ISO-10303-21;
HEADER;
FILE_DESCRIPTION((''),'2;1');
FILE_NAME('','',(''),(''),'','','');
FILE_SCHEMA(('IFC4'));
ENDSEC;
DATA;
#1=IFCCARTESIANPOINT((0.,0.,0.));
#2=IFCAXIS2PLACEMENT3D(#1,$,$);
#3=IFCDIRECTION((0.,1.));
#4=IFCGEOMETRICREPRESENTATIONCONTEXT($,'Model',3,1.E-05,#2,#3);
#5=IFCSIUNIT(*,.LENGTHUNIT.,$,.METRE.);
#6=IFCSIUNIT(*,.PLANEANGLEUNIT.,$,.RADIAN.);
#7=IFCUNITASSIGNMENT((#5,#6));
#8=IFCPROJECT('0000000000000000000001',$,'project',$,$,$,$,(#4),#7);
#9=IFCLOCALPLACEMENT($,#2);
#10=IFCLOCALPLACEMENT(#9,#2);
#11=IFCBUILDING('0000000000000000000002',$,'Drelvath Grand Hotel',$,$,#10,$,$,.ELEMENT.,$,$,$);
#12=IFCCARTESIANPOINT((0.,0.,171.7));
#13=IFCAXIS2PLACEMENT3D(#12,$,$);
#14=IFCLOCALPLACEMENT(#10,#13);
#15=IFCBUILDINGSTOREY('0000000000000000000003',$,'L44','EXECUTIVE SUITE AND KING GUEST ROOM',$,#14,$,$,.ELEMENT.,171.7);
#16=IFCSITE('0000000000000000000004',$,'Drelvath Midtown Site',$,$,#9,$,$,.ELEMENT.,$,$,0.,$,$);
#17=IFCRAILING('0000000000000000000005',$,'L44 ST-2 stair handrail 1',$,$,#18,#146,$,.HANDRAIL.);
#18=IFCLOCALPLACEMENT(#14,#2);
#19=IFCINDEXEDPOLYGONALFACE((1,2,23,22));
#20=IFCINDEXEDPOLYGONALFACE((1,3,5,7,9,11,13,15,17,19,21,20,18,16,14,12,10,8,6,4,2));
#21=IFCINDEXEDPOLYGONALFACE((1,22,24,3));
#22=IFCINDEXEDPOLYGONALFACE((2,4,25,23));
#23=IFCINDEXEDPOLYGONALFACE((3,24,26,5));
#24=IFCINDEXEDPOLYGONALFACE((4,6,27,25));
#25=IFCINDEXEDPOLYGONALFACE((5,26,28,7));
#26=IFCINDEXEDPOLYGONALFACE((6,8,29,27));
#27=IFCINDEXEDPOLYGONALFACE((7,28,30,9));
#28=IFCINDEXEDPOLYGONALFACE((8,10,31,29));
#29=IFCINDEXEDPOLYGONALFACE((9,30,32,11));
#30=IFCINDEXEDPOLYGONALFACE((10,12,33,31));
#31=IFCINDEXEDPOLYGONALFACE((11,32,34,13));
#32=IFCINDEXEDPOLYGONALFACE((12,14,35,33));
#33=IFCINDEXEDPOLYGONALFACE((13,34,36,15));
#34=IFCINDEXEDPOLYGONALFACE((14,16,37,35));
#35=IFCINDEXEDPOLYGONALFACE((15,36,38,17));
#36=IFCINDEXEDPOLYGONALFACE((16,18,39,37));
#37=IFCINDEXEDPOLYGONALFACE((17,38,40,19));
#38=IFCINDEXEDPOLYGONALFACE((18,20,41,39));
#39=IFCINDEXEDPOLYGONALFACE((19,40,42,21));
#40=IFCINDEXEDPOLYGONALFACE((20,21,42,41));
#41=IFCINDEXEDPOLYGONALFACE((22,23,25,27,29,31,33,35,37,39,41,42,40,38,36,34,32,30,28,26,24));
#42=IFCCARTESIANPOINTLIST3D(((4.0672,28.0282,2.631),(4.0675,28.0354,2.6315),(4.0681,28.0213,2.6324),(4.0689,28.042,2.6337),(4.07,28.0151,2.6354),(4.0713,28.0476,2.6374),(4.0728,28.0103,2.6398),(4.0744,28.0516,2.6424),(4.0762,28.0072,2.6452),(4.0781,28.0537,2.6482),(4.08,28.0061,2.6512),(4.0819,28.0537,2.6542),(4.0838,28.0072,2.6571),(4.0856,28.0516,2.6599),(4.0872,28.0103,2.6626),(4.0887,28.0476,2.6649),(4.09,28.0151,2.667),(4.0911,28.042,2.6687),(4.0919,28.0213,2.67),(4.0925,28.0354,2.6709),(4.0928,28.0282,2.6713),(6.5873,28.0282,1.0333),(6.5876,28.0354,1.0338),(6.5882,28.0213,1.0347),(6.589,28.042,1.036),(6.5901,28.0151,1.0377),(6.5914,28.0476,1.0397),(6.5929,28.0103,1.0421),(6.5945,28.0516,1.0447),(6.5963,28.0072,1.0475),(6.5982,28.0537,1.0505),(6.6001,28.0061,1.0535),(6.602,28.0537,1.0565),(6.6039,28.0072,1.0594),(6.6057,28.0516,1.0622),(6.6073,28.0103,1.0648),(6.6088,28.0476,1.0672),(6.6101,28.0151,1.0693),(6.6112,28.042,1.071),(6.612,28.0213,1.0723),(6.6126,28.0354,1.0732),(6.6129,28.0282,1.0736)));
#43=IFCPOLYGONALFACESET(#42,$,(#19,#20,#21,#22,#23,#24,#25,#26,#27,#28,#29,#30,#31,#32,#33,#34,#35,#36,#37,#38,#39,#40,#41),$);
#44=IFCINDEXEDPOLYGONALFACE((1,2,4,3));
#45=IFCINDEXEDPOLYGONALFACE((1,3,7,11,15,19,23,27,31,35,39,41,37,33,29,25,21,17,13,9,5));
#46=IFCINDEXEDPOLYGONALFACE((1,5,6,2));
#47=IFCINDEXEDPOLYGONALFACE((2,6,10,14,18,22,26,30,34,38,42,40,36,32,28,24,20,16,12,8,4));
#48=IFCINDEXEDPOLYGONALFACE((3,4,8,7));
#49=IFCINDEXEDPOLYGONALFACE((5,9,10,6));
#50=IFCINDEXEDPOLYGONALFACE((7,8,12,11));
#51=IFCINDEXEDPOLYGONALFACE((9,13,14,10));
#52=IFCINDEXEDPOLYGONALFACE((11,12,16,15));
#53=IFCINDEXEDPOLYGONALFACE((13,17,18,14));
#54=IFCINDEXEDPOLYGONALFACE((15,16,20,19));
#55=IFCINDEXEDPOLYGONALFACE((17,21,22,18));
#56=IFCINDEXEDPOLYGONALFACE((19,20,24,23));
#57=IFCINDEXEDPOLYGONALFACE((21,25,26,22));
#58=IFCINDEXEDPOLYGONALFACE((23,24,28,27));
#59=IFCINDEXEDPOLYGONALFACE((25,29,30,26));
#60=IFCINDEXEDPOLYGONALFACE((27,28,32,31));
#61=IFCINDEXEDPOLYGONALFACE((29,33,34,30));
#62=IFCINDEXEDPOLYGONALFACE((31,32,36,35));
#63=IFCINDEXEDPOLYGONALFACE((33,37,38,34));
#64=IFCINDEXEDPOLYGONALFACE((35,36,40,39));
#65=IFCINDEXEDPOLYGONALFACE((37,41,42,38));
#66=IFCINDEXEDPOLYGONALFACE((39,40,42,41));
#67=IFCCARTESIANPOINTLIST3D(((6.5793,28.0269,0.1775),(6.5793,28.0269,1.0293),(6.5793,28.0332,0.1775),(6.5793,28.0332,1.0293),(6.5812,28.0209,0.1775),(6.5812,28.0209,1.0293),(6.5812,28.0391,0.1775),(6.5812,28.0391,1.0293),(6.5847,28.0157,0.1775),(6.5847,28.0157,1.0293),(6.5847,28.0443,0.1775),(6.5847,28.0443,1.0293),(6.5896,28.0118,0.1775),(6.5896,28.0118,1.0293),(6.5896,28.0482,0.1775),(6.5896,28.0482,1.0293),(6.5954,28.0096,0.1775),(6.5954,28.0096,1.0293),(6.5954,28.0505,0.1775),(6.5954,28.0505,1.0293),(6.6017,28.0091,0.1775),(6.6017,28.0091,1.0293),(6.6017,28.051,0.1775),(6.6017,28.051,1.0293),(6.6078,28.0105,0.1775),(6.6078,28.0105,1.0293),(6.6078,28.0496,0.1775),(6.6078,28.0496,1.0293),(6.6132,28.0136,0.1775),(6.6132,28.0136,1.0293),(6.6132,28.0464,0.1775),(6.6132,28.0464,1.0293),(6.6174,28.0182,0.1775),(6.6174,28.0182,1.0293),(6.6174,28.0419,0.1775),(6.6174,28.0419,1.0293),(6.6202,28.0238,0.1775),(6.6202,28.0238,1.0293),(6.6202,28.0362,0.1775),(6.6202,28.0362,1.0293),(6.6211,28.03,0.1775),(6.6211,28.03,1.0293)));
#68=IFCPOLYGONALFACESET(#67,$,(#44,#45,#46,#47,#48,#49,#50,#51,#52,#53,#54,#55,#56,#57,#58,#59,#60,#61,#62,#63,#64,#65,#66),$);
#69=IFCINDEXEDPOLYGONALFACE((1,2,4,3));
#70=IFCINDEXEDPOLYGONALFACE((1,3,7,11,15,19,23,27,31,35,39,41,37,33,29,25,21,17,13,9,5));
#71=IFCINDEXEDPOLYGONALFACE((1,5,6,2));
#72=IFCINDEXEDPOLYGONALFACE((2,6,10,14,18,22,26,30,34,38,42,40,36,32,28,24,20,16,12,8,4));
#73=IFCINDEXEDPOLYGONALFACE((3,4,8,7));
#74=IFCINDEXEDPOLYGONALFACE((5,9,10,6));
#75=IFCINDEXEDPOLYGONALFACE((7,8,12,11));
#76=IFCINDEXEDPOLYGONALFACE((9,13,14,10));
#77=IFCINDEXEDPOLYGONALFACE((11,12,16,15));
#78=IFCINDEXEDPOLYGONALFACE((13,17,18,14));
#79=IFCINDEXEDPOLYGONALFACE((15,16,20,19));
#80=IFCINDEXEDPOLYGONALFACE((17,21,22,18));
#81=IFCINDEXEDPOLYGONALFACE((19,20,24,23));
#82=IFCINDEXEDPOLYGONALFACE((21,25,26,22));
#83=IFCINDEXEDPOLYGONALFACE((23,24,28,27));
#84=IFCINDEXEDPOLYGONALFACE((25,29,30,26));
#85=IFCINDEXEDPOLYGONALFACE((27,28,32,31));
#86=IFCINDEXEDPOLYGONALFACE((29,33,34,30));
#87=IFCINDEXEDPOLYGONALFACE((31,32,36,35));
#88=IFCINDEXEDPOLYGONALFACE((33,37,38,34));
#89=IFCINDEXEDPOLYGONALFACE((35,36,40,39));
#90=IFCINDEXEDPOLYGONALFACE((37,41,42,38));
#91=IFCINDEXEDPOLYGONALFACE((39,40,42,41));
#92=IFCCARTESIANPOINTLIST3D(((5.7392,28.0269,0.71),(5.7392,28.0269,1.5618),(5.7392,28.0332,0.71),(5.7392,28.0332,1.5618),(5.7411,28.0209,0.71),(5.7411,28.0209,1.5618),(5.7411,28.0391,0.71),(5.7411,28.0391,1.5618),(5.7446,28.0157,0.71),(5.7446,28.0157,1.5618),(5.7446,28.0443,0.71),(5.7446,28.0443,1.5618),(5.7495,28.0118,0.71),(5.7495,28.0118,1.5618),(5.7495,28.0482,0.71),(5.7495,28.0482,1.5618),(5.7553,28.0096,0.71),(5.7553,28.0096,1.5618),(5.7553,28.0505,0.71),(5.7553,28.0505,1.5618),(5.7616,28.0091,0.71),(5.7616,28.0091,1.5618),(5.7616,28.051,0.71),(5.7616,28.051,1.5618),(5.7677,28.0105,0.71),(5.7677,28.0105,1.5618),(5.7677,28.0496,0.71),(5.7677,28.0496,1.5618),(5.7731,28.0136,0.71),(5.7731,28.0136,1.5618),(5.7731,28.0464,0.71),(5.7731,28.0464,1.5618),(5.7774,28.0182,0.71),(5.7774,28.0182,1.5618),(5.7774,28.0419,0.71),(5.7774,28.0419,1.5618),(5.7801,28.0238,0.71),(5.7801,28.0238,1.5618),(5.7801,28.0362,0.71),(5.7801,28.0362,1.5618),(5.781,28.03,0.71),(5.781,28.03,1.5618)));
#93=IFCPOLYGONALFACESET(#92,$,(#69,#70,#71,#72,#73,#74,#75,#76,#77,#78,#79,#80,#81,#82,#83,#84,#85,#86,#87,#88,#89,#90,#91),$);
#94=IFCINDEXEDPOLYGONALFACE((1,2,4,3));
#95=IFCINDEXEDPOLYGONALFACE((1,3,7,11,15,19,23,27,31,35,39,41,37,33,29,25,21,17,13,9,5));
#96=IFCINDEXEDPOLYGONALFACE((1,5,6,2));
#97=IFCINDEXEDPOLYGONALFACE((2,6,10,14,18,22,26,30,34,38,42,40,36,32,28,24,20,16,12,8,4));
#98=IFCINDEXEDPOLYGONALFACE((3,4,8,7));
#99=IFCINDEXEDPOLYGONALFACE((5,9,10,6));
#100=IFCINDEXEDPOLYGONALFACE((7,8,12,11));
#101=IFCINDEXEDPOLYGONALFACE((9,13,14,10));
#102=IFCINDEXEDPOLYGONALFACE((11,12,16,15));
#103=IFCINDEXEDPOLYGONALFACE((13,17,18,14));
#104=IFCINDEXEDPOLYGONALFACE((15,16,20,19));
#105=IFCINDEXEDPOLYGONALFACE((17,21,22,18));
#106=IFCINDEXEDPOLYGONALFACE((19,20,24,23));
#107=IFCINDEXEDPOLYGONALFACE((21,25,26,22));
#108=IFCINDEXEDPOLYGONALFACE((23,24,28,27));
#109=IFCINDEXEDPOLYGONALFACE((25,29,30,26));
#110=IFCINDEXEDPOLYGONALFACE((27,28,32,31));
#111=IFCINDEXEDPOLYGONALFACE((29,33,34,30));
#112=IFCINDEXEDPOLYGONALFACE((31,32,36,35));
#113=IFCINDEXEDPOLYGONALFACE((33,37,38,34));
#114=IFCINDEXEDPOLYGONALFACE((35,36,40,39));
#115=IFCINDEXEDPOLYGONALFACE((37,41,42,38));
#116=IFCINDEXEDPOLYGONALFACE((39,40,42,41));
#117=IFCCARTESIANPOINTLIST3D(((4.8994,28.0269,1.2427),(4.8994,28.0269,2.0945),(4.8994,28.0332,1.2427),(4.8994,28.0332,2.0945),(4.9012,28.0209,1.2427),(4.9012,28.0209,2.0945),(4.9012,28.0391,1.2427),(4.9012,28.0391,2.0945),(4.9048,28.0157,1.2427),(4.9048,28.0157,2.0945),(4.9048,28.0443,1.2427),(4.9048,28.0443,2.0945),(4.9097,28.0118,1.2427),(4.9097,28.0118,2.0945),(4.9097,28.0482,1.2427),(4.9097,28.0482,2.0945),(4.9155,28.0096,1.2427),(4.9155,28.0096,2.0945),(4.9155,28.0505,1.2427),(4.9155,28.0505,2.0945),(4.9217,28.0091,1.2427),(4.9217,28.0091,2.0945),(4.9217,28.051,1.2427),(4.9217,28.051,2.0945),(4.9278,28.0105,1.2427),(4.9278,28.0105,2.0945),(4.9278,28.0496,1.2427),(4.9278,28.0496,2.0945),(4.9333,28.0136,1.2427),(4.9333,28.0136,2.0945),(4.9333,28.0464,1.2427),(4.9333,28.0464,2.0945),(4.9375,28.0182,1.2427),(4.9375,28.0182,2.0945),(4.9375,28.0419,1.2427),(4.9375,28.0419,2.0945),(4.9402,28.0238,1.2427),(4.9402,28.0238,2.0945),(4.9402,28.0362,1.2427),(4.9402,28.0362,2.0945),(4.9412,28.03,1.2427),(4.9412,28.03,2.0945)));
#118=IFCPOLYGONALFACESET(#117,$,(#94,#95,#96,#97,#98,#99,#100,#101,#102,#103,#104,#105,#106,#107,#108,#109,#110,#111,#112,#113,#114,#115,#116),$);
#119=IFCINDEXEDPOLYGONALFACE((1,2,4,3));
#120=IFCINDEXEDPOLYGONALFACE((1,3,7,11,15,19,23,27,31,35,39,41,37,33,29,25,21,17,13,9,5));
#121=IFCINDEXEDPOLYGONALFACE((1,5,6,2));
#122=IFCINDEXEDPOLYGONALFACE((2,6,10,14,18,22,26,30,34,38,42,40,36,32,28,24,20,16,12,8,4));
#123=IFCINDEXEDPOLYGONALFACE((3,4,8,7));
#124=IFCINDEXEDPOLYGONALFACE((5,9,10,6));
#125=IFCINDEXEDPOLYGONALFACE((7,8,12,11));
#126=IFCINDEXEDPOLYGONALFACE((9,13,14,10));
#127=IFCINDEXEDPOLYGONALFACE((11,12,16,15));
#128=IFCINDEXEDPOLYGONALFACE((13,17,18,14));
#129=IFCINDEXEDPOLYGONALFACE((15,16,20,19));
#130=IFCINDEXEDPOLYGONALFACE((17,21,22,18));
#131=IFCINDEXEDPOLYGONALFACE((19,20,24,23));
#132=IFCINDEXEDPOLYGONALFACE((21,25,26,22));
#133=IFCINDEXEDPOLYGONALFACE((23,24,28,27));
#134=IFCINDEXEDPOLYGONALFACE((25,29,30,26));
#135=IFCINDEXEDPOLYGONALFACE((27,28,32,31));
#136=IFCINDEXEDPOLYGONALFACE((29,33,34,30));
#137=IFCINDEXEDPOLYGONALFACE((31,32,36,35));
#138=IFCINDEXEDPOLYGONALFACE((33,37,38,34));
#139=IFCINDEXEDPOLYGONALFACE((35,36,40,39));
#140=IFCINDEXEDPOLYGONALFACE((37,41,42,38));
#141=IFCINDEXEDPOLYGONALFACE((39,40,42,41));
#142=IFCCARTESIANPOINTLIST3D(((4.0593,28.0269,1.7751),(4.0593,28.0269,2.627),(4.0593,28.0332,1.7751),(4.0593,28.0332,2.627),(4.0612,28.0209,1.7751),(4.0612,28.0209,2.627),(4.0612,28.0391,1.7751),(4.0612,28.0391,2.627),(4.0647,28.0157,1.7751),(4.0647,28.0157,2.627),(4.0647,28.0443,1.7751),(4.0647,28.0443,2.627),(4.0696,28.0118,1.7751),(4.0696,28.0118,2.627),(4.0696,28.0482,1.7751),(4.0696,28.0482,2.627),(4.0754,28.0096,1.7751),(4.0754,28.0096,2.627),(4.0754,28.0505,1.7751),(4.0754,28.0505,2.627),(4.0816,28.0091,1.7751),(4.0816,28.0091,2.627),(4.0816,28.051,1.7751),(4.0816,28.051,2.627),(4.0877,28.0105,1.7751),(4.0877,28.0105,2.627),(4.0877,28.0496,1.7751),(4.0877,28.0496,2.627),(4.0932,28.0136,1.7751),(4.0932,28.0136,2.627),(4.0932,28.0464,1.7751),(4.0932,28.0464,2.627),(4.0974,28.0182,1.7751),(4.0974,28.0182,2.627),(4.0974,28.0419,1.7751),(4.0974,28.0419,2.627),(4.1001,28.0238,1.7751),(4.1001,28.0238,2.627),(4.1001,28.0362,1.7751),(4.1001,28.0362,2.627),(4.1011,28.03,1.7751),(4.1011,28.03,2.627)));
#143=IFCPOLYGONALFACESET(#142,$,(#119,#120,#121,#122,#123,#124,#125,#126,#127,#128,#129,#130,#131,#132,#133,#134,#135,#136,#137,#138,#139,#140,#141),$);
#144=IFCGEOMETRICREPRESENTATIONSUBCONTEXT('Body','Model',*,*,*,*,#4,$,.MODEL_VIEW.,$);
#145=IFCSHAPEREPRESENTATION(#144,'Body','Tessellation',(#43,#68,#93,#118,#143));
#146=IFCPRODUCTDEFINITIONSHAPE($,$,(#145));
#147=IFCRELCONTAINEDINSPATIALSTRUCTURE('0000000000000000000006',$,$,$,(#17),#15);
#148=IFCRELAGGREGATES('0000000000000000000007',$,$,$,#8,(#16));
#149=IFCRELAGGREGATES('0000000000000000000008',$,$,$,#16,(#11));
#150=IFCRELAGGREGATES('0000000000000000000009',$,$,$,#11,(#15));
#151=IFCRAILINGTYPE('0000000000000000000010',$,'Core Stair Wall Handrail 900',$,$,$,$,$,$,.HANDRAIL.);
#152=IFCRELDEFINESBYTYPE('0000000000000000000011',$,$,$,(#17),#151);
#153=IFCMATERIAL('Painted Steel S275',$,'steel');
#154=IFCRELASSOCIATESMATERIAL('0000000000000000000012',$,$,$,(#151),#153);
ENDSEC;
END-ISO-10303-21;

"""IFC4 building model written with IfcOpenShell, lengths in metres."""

from ifc_helpers import new_model, si_unit, direction, frame, origin, origin_2d, place, context, subcontext, project, spatial, circle, extrude, material, type_object, element, save


model = new_model("IFC4")

# Units and contexts
model_context = context("Model", 3, precision=1e-05, world=origin(), true_north=direction((0.0, 1.0)))
body_context = subcontext(model_context, "Body", "Model", "MODEL_VIEW")
ifc_project = project(units=[si_unit("LENGTHUNIT", "METRE"), si_unit("PLANEANGLEUNIT", "RADIAN")], contexts=[model_context])

# Site, building, storey
site_placement = place(None, origin())
site = spatial("IfcSite", under=ifc_project, at=site_placement, Name="Drelvath Midtown Site", CompositionType="ELEMENT", RefElevation=0.0)
building_placement = place(site_placement, origin())
building = spatial("IfcBuilding", under=site, at=building_placement, Name="Drelvath Grand Hotel", CompositionType="ELEMENT")
storey_placement = place(building_placement, frame((0.0, 0.0, 171.7)))
storey = spatial("IfcBuildingStorey", under=building, at=storey_placement, Name="L44", Description="EXECUTIVE SUITE AND KING GUEST ROOM", CompositionType="ELEMENT", Elevation=171.7)

# Shared definitions
ifc_material_1 = material(Name="Painted Steel S275", Category="steel")

# Railing
railing_type_1 = type_object("IfcRailingType", Name="Core Stair Wall Handrail 900", PredefinedType="HANDRAIL", material=ifc_material_1)
railing_1_placement = place(storey_placement, frame((6.6001, 28.03, 0.1775)))
element("IfcRailing", 1, at=railing_1_placement, inside=storey, type_object=railing_type_1, Name="L44 ST-2 stair handrail 1", PredefinedType="HANDRAIL", context=body_context, shape_type="SweptSolid", body=[
    extrude(circle(Radius=0.0239, at=origin_2d()), frame((0.0, 0.0, 0.876), z_axis=(-0.84457, 0.0, 0.535445), x_axis=(0.0, -1.0, 0.0)), (0.0, 0.0, 1.0), 2.9839),
    extrude(circle(Radius=0.021, at=origin_2d()), origin(), (0.0, 0.0, 1.0), 0.8518),
    extrude(circle(Radius=0.021, at=origin_2d()), frame((-0.8401, 0.0, 0.5325)), (0.0, 0.0, 1.0), 0.8518),
    extrude(circle(Radius=0.021, at=origin_2d()), frame((-1.6799, 0.0, 1.0652)), (0.0, 0.0, 1.0), 0.8518),
    extrude(circle(Radius=0.021, at=origin_2d()), frame((-2.52, 0.0, 1.5977)), (0.0, 0.0, 1.0), 0.8518),
])

save(model, "model.ifc")
